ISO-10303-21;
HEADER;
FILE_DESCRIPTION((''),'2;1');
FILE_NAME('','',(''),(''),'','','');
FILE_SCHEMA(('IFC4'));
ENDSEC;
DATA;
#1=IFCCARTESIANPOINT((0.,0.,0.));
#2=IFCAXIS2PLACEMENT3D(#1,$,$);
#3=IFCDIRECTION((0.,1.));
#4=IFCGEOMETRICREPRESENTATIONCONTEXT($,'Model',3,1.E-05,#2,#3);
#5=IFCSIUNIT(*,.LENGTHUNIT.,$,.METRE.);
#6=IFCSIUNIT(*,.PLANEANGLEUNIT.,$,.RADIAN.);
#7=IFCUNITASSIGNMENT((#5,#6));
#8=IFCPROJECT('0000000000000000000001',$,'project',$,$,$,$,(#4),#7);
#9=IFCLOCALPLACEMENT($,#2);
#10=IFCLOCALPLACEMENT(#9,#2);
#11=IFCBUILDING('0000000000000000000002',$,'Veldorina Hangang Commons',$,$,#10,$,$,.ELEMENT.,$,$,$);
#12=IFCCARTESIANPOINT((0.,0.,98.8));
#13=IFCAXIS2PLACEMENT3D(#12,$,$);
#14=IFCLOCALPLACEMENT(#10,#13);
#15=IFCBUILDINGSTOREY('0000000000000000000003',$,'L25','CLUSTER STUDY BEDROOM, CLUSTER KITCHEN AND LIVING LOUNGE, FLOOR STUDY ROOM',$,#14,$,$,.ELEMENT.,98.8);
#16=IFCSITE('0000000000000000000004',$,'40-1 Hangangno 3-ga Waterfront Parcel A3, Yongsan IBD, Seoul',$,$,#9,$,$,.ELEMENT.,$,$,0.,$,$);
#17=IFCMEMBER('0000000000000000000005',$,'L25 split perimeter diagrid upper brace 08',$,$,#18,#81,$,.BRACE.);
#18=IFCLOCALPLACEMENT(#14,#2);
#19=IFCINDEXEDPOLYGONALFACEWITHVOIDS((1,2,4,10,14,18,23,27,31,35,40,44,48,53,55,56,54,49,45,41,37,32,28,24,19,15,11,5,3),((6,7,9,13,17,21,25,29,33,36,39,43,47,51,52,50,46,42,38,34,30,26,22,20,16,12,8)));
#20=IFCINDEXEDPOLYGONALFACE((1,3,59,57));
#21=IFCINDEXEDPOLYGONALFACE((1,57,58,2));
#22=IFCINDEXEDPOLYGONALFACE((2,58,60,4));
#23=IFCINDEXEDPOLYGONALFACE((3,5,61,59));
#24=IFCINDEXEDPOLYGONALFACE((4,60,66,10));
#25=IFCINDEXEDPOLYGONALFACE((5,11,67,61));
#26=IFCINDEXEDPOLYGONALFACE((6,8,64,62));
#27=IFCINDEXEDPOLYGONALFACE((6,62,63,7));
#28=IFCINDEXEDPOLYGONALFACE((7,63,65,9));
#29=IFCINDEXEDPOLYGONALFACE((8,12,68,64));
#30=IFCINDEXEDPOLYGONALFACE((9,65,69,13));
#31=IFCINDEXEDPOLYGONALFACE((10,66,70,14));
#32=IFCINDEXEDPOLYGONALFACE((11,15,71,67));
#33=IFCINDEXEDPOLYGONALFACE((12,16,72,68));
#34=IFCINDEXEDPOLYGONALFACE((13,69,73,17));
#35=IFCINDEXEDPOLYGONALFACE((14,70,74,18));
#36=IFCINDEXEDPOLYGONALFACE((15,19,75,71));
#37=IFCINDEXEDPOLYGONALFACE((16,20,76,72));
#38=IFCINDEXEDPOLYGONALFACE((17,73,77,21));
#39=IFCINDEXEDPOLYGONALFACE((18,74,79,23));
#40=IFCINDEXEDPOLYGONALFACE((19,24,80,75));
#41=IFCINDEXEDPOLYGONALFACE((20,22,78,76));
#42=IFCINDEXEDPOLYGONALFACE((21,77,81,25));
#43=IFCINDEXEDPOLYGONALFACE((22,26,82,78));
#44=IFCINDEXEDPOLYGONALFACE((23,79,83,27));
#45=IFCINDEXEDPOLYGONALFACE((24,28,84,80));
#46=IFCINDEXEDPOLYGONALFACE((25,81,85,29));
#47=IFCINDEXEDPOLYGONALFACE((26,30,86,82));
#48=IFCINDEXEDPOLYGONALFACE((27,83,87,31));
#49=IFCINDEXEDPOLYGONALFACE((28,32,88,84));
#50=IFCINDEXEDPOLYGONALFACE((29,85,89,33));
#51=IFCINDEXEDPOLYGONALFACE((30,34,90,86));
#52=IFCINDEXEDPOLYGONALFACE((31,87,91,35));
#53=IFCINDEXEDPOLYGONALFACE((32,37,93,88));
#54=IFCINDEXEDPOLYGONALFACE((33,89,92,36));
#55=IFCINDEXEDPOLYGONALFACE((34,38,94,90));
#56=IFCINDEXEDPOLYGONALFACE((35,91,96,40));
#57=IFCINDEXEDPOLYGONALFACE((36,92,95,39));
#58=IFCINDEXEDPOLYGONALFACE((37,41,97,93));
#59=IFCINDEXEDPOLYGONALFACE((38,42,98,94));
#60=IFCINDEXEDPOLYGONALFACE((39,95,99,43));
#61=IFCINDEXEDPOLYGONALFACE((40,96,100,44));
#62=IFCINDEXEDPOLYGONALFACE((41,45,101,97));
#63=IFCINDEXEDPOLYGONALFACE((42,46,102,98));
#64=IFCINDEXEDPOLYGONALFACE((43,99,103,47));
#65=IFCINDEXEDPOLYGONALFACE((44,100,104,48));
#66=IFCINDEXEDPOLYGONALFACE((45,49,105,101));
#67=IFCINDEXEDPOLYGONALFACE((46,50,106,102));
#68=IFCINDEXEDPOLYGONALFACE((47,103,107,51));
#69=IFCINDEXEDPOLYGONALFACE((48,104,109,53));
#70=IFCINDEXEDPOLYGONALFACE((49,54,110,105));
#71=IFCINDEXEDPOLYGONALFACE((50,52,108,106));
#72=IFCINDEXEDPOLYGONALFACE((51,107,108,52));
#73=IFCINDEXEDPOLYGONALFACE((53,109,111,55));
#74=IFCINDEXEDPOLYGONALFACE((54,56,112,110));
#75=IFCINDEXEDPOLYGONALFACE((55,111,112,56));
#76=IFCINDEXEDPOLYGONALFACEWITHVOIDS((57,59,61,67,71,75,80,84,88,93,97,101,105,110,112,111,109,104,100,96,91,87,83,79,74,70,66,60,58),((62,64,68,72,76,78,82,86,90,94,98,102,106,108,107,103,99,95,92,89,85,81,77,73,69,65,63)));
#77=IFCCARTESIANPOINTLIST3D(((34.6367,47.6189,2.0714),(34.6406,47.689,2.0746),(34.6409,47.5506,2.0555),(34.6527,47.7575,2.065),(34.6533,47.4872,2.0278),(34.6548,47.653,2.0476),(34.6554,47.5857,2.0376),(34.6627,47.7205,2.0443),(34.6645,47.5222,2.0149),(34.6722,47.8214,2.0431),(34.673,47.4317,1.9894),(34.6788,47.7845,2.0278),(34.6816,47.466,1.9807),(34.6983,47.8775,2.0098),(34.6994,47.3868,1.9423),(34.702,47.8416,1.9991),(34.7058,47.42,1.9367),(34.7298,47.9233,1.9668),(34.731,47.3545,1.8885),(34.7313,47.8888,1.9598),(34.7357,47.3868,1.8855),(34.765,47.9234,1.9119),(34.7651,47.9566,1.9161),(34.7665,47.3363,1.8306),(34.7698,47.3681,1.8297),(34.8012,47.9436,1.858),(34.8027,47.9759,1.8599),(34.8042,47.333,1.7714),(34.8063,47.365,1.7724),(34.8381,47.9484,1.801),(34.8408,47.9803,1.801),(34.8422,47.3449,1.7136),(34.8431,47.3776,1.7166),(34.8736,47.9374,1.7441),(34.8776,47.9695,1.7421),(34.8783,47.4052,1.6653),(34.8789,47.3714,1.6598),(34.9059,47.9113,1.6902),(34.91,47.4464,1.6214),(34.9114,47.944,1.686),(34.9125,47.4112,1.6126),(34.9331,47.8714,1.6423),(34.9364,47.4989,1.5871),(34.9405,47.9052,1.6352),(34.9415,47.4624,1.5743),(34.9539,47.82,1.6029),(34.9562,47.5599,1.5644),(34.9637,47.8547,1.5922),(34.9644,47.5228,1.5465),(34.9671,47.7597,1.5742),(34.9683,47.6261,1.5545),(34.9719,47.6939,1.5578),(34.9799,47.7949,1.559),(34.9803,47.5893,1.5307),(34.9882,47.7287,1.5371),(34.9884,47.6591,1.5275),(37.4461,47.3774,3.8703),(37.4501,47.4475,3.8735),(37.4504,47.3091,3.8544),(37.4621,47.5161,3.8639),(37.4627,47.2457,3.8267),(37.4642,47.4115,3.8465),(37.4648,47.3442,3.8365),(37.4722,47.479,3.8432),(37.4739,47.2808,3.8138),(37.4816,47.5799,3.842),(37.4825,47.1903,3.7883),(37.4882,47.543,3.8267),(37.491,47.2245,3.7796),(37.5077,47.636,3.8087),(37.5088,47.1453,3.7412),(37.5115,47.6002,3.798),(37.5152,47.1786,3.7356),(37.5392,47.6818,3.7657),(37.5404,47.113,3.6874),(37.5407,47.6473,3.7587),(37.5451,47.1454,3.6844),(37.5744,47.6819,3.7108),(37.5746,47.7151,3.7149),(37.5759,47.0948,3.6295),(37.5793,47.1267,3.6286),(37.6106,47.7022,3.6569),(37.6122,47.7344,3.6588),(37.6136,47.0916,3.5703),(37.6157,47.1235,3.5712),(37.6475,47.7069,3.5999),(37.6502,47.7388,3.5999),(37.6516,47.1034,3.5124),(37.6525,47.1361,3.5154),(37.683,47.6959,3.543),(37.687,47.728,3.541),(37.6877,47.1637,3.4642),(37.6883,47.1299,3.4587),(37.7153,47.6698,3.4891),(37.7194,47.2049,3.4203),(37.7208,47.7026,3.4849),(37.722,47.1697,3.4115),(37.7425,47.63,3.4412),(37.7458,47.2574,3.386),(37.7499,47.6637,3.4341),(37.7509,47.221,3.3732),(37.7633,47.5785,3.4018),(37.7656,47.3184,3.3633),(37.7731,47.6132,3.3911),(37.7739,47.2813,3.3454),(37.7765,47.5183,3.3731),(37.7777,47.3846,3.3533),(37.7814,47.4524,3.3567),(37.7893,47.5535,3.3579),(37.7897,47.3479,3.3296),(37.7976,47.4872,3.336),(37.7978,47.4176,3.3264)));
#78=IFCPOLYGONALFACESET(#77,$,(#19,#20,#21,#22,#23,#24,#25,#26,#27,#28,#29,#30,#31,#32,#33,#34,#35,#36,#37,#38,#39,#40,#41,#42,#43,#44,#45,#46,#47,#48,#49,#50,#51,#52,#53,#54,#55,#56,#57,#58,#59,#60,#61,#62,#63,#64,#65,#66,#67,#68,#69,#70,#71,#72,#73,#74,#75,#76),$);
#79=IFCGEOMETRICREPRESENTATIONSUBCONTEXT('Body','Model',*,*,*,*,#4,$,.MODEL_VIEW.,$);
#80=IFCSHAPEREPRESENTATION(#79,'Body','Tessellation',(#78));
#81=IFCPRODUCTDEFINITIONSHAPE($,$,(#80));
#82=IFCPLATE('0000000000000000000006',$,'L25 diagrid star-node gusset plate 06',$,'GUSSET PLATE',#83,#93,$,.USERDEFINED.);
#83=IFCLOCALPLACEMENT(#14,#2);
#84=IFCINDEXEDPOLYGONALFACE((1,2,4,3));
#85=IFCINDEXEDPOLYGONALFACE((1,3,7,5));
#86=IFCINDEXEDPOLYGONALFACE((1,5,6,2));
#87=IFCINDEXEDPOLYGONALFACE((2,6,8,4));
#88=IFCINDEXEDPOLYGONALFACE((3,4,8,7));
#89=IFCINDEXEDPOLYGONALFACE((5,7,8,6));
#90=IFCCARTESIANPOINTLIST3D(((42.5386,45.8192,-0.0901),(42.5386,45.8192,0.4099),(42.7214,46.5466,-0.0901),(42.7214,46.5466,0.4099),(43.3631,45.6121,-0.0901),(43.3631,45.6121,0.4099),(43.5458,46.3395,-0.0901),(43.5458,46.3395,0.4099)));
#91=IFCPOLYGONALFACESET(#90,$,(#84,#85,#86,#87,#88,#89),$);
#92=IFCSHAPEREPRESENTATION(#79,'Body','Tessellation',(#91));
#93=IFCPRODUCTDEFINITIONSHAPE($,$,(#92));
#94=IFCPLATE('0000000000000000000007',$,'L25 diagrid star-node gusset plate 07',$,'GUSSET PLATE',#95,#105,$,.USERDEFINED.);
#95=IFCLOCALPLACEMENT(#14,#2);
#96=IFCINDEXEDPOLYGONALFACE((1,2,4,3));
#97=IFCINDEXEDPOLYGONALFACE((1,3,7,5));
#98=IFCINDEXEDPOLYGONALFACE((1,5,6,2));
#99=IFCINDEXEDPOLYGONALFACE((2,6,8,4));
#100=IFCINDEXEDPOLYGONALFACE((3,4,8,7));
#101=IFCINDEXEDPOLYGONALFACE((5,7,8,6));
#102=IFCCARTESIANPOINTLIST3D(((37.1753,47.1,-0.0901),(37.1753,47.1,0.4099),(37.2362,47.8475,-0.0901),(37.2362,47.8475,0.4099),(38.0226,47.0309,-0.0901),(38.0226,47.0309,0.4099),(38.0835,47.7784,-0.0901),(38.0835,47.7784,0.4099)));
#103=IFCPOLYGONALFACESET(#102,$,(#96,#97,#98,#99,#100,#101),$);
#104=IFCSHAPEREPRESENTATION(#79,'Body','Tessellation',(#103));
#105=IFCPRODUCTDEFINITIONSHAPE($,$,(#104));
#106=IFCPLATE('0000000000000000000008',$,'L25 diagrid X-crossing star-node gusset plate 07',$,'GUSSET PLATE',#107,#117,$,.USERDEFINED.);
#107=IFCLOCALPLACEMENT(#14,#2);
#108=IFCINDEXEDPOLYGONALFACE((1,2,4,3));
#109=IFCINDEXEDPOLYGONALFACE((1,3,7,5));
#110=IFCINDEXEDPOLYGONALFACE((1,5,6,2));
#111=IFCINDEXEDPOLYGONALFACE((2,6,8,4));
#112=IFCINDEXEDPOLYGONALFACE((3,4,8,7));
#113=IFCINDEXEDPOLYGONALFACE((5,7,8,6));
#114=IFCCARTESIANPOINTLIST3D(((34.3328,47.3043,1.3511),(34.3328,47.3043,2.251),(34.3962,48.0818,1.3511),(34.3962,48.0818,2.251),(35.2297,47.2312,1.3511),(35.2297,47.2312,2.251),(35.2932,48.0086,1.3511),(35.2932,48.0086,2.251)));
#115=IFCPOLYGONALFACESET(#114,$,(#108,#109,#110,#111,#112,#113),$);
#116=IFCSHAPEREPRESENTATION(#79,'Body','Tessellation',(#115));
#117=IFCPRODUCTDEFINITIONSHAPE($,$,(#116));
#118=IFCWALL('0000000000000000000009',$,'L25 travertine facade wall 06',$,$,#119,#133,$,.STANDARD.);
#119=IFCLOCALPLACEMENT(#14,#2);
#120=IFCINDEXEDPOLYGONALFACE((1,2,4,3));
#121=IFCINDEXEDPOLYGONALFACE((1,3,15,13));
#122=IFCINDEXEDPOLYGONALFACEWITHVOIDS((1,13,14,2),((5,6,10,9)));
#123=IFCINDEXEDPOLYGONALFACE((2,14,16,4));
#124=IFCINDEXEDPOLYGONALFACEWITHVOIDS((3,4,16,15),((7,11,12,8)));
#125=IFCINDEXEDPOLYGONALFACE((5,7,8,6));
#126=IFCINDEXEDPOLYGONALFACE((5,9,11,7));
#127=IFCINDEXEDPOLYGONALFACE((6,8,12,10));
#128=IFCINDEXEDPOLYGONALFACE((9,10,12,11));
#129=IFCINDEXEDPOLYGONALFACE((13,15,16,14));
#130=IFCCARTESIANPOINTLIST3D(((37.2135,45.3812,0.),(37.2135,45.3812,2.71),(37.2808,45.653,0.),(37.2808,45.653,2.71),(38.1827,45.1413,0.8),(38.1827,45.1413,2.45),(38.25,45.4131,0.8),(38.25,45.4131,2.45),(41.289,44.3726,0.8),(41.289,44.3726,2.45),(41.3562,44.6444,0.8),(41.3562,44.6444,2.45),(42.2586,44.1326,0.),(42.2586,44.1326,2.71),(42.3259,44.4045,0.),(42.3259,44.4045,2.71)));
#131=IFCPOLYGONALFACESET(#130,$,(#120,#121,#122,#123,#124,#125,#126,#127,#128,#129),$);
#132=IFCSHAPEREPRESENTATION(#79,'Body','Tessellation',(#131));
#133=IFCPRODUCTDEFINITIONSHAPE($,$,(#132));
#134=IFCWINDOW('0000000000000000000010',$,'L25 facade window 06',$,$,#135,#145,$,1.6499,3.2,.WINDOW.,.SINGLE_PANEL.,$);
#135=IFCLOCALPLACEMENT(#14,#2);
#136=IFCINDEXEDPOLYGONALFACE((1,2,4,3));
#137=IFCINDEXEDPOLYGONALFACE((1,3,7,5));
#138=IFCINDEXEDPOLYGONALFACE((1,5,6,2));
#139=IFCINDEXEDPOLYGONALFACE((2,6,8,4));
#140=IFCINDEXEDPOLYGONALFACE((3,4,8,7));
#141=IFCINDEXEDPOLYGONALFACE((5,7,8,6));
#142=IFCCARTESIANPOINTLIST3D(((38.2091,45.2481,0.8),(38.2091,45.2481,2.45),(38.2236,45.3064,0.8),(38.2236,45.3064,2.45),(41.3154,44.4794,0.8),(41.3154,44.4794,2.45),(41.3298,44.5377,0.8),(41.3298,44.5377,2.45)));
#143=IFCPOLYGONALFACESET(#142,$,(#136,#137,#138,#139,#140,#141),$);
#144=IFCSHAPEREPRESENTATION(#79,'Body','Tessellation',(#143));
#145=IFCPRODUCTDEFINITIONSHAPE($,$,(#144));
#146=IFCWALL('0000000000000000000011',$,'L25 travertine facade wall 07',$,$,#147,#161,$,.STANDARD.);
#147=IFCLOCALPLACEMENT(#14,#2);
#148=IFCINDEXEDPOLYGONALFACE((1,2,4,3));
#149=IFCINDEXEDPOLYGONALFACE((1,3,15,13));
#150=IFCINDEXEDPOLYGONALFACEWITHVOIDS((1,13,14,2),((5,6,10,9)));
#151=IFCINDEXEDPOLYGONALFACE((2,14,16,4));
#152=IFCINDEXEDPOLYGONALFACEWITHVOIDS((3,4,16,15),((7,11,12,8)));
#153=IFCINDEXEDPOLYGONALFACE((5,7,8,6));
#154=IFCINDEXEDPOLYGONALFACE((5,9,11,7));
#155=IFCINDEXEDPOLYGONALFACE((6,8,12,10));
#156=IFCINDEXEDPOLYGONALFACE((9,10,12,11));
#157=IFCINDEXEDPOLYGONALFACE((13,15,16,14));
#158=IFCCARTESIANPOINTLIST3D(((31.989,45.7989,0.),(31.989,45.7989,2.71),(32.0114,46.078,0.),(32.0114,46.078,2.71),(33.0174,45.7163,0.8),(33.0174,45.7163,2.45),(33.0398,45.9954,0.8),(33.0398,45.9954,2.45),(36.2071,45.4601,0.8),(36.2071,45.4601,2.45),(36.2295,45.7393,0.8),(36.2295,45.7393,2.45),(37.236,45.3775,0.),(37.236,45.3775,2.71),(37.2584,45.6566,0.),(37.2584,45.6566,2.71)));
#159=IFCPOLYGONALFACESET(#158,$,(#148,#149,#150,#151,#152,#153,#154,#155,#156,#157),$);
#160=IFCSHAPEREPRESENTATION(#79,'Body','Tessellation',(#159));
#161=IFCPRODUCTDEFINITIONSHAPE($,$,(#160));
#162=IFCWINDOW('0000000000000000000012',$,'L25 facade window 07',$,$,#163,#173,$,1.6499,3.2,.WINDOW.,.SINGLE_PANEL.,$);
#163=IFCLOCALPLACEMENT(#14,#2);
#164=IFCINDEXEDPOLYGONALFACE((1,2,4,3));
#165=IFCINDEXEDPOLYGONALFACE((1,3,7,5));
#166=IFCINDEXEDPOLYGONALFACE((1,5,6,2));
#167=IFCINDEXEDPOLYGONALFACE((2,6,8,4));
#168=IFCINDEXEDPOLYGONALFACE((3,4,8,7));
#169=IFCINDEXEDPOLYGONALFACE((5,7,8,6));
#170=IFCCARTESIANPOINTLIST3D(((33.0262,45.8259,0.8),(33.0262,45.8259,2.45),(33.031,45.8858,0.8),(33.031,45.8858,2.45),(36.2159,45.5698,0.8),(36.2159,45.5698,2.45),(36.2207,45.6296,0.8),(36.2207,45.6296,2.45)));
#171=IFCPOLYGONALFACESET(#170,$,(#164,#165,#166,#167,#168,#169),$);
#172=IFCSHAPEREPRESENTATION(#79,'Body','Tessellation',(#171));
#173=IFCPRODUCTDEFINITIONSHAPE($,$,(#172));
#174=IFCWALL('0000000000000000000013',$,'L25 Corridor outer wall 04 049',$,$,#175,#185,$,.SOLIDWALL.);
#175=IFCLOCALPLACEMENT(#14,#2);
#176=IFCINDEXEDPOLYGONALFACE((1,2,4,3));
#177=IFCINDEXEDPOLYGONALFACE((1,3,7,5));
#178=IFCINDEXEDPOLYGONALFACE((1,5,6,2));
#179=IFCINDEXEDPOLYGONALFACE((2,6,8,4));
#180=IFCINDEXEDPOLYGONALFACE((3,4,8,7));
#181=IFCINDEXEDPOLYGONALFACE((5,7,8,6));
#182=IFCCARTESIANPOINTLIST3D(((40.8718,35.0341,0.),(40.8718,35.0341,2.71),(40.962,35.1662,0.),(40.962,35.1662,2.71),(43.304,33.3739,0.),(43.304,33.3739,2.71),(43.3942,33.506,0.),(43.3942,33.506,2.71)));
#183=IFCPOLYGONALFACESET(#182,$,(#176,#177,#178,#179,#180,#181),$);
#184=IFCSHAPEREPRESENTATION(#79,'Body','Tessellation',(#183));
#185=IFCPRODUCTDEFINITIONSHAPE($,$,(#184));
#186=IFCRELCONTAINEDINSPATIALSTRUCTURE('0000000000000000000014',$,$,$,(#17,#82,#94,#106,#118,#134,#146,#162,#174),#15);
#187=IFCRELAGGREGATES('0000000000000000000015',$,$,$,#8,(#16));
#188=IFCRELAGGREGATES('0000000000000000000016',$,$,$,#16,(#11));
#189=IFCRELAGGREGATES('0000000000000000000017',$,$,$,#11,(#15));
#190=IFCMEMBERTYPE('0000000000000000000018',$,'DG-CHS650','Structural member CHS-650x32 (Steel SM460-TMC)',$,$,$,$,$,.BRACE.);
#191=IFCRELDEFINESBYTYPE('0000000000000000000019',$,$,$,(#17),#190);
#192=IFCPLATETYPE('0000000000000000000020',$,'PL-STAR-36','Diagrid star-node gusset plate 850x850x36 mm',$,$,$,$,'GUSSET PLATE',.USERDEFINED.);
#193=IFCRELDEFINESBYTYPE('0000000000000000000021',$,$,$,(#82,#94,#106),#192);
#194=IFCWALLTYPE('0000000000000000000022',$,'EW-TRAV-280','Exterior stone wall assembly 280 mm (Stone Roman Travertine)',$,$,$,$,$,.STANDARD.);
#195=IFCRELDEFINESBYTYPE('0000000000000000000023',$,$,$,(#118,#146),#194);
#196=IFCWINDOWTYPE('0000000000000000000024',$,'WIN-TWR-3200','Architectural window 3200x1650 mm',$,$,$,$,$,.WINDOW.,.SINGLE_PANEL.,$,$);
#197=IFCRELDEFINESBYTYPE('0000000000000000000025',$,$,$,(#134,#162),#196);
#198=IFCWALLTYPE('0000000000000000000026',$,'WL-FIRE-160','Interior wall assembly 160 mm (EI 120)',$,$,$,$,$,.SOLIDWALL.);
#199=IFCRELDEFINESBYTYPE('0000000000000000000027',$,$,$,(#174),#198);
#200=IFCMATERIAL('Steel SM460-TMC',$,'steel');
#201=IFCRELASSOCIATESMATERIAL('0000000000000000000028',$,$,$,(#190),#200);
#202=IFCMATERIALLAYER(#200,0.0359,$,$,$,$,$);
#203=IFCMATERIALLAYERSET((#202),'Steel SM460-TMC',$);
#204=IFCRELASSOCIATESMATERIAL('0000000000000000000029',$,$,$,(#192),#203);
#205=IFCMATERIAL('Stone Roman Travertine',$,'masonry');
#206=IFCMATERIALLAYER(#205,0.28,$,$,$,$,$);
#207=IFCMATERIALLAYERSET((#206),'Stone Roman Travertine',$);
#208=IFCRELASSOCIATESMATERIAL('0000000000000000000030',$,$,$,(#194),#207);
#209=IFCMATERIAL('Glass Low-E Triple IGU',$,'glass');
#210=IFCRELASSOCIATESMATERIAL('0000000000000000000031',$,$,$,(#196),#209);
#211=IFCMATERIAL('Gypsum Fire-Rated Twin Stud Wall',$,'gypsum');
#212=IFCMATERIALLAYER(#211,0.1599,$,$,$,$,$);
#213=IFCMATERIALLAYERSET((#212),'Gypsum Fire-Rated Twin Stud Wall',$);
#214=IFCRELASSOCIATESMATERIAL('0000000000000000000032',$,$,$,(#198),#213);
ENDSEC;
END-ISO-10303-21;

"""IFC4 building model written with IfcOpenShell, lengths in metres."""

from ifc_helpers import new_model, si_unit, direction, frame, frame_2d, origin, origin_2d, place, context, subcontext, project, spatial, rectangle, hollow_circle, extrude, material, layer, layer_set, material_profile, profile_set, type_object, element, fill, save


model = new_model("IFC4")

# Units and contexts
model_context = context("Model", 3, precision=1e-05, world=origin(), true_north=direction((0.0, 1.0)))
body_context = subcontext(model_context, "Body", "Model", "MODEL_VIEW")
ifc_project = project(units=[si_unit("LENGTHUNIT", "METRE"), si_unit("PLANEANGLEUNIT", "RADIAN")], contexts=[model_context])

# Site, building, storey
site_placement = place(None, origin())
site = spatial("IfcSite", under=ifc_project, at=site_placement, Name="40-1 Hangangno 3-ga Waterfront Parcel A3, Yongsan IBD, Seoul", CompositionType="ELEMENT", RefElevation=0.0)
building_placement = place(site_placement, origin())
building = spatial("IfcBuilding", under=site, at=building_placement, Name="Veldorina Hangang Commons", CompositionType="ELEMENT")
storey_placement = place(building_placement, frame((0.0, 0.0, 98.8)))
storey = spatial("IfcBuildingStorey", under=building, at=storey_placement, Name="L25", Description="CLUSTER STUDY BEDROOM, CLUSTER KITCHEN AND LIVING LOUNGE, FLOOR STUDY ROOM", CompositionType="ELEMENT", Elevation=98.8)

# Member
ifc_material_1 = material(Name="Steel SM460-TMC", Category="steel")
ifc_material_profile_1 = material_profile(ifc_material_1, hollow_circle(Radius=0.325, WallThickness=0.032, at=origin_2d()), Name="CHS-650x32")
ifc_profile_set_1 = profile_set([ifc_material_profile_1], Name="Steel SM460-TMC")
member_type = type_object("IfcMemberType", Name="DG-CHS650", Description="Structural member CHS-650x32 (Steel SM460-TMC)", PredefinedType="BRACE", material=ifc_profile_set_1)
member_1_placement = place(storey_placement, frame((34.813, 47.6565, 1.801), z_axis=(0.839957, -0.072192, 0.537829), x_axis=(0.085632, 0.996327, 0.0)))
element("IfcMember", 1, at=member_1_placement, inside=storey, type_object=member_type, Name="L25 split perimeter diagrid upper brace 08", PredefinedType="BRACE", context=body_context, shape_type="SweptSolid", body=[
    extrude(hollow_circle(Radius=0.325, WallThickness=0.032, at=origin_2d()), origin(), (0.0, 0.0, 1.0), 3.3447),
])

# Plates
ifc_layer_1 = layer(ifc_material_1, 0.0359)
ifc_layer_set_1 = layer_set([ifc_layer_1], Name="Steel SM460-TMC")
plate_type = type_object("IfcPlateType", Name="PL-STAR-36", Description="Diagrid star-node gusset plate 850x850x36 mm", ElementType="GUSSET PLATE", PredefinedType="USERDEFINED", material=ifc_layer_set_1)
for number, where, z_axis, x_axis, name in (
    (2, (43.0422, 46.0793, -0.0901), (0.0, 0.0, 1.0), (-0.969859, 0.243666, 0.0), "L25 diagrid star-node gusset plate 06"),
    (3, (37.6294, 47.4392, -0.0901), (0.0, 0.0, 1.0), (-0.99669, 0.081295, 0.0), "L25 diagrid star-node gusset plate 07"),
):
    element("IfcPlate", number, at=place(storey_placement, frame(where, z_axis=z_axis, x_axis=x_axis)), inside=storey, type_object=plate_type, Name=name, ObjectType="GUSSET PLATE", PredefinedType="USERDEFINED", context=body_context, shape_type="SweptSolid", body=[
        extrude(rectangle(XDim=0.8501, YDim=0.75, at=origin_2d()), origin(), (0.0, 0.0, 1.0), 0.5),
    ])
plate_placement = place(storey_placement, frame((34.813, 47.6565, 1.3511), z_axis=(0.0, 0.0, 1.0), x_axis=(-0.99669, 0.081295, 0.0)))
element("IfcPlate", 4, at=plate_placement, inside=storey, type_object=plate_type, Name="L25 diagrid X-crossing star-node gusset plate 07", ObjectType="GUSSET PLATE", PredefinedType="USERDEFINED", context=body_context, shape_type="SweptSolid", body=[
    extrude(rectangle(XDim=0.8999, YDim=0.78, at=origin_2d()), origin(), (0.0, 0.0, 1.0), 0.8999),
])

# Walls, openings, windows
ifc_material_2 = material(Name="Stone Roman Travertine", Category="masonry")
ifc_layer_2 = layer(ifc_material_2, 0.28)
ifc_layer_set_2 = layer_set([ifc_layer_2], Name="Stone Roman Travertine")
wall_type_1 = type_object("IfcWallType", Name="EW-TRAV-280", Description="Exterior stone wall assembly 280 mm (Stone Roman Travertine)", PredefinedType="STANDARD", material=ifc_layer_set_2)
wall_1_placement = place(storey_placement, frame((42.2922, 44.2686, 0.0), z_axis=(0.0, 0.0, 1.0), x_axis=(-0.970717, 0.240225, 0.0)))
wall_1 = element("IfcWall", 5, at=wall_1_placement, inside=storey, type_object=wall_type_1, Name="L25 travertine facade wall 06", PredefinedType="STANDARD", context=body_context, shape_type="SweptSolid", body=[
    extrude(rectangle(XDim=5.1973, YDim=0.28, at=frame_2d((2.5986, 0.0))), origin(), (0.0, 0.0, 1.0), 2.71),
])
opening_1_placement = place(wall_1_placement, frame((0.9988, 0.0, 0.8)))
opening_1 = element("IfcOpeningElement", 6, at=opening_1_placement, cuts=wall_1, PredefinedType="OPENING", context=body_context, shape_type="SweptSolid", body=[
    extrude(rectangle(XDim=3.2, YDim=1.6499, at=frame_2d((1.6001, 0.825))), frame((0.0, 0.1499, 0.0), z_axis=(0.0, -1.0, 0.0), x_axis=(1.0, 0.0, 0.0)), (0.0, 0.0, 1.0), 0.3),
])
ifc_material_3 = material(Name="Glass Low-E Triple IGU", Category="glass")
window_type = type_object("IfcWindowType", Name="WIN-TWR-3200", Description="Architectural window 3200x1650 mm", PartitioningType="SINGLE_PANEL", PredefinedType="WINDOW", material=ifc_material_3)
window_1_placement = place(opening_1_placement, origin())
window_1 = element("IfcWindow", 7, at=window_1_placement, inside=storey, type_object=window_type, Name="L25 facade window 06", OverallHeight=1.6499, OverallWidth=3.2, PartitioningType="SINGLE_PANEL", PredefinedType="WINDOW", context=body_context, shape_type="SweptSolid", body=[
    extrude(rectangle(XDim=3.2, YDim=1.6499, at=frame_2d((1.6001, 0.825))), frame((0.0, 0.03, 0.0), z_axis=(0.0, -1.0, 0.0), x_axis=(1.0, 0.0, 0.0)), (0.0, 0.0, 1.0), 0.0601),
])
fill(opening_1, window_1)
wall_2_placement = place(storey_placement, frame((37.2471, 45.5171, 0.0), z_axis=(0.0, 0.0, 1.0), x_axis=(-0.996791, 0.080051, 0.0)))
wall_2 = element("IfcWall", 8, at=wall_2_placement, inside=storey, type_object=wall_type_1, Name="L25 travertine facade wall 07", PredefinedType="STANDARD", context=body_context, shape_type="SweptSolid", body=[
    extrude(rectangle(XDim=5.2639, YDim=0.28, at=frame_2d((2.6318, 0.0))), origin(), (0.0, 0.0, 1.0), 2.71),
])
opening_2_placement = place(wall_2_placement, frame((1.032, 0.0, 0.8)))
opening_2 = element("IfcOpeningElement", 9, at=opening_2_placement, cuts=wall_2, PredefinedType="OPENING", context=body_context, shape_type="SweptSolid", body=[
    extrude(rectangle(XDim=3.2, YDim=1.6499, at=frame_2d((1.6001, 0.825))), frame((0.0, 0.1499, 0.0), z_axis=(0.0, -1.0, 0.0), x_axis=(1.0, 0.0, 0.0)), (0.0, 0.0, 1.0), 0.3),
])
window_2_placement = place(opening_2_placement, origin())
window_2 = element("IfcWindow", 10, at=window_2_placement, inside=storey, type_object=window_type, Name="L25 facade window 07", OverallHeight=1.6499, OverallWidth=3.2, PartitioningType="SINGLE_PANEL", PredefinedType="WINDOW", context=body_context, shape_type="SweptSolid", body=[
    extrude(rectangle(XDim=3.2, YDim=1.6499, at=frame_2d((1.6001, 0.825))), frame((0.0, 0.03, 0.0), z_axis=(0.0, -1.0, 0.0), x_axis=(1.0, 0.0, 0.0)), (0.0, 0.0, 1.0), 0.0601),
])
fill(opening_2, window_2)

# Wall
ifc_material_4 = material(Name="Gypsum Fire-Rated Twin Stud Wall", Category="gypsum")
ifc_layer_3 = layer(ifc_material_4, 0.1599)
ifc_layer_set_3 = layer_set([ifc_layer_3], Name="Gypsum Fire-Rated Twin Stud Wall")
wall_type_2 = type_object("IfcWallType", Name="WL-FIRE-160", Description="Interior wall assembly 160 mm (EI 120)", PredefinedType="SOLIDWALL", material=ifc_layer_set_3)
wall_3_placement = place(storey_placement, frame((43.3491, 33.4399, 0.0), z_axis=(0.0, 0.0, 1.0), x_axis=(-0.825929, 0.563774, 0.0)))
element("IfcWall", 11, at=wall_3_placement, inside=storey, type_object=wall_type_2, Name="L25 Corridor outer wall 04 049", PredefinedType="SOLIDWALL", context=body_context, shape_type="SweptSolid", body=[
    extrude(rectangle(XDim=2.9448, YDim=0.1599, at=frame_2d((1.4724, 0.0))), origin(), (0.0, 0.0, 1.0), 2.71),
])

save(model, "model.ifc")
